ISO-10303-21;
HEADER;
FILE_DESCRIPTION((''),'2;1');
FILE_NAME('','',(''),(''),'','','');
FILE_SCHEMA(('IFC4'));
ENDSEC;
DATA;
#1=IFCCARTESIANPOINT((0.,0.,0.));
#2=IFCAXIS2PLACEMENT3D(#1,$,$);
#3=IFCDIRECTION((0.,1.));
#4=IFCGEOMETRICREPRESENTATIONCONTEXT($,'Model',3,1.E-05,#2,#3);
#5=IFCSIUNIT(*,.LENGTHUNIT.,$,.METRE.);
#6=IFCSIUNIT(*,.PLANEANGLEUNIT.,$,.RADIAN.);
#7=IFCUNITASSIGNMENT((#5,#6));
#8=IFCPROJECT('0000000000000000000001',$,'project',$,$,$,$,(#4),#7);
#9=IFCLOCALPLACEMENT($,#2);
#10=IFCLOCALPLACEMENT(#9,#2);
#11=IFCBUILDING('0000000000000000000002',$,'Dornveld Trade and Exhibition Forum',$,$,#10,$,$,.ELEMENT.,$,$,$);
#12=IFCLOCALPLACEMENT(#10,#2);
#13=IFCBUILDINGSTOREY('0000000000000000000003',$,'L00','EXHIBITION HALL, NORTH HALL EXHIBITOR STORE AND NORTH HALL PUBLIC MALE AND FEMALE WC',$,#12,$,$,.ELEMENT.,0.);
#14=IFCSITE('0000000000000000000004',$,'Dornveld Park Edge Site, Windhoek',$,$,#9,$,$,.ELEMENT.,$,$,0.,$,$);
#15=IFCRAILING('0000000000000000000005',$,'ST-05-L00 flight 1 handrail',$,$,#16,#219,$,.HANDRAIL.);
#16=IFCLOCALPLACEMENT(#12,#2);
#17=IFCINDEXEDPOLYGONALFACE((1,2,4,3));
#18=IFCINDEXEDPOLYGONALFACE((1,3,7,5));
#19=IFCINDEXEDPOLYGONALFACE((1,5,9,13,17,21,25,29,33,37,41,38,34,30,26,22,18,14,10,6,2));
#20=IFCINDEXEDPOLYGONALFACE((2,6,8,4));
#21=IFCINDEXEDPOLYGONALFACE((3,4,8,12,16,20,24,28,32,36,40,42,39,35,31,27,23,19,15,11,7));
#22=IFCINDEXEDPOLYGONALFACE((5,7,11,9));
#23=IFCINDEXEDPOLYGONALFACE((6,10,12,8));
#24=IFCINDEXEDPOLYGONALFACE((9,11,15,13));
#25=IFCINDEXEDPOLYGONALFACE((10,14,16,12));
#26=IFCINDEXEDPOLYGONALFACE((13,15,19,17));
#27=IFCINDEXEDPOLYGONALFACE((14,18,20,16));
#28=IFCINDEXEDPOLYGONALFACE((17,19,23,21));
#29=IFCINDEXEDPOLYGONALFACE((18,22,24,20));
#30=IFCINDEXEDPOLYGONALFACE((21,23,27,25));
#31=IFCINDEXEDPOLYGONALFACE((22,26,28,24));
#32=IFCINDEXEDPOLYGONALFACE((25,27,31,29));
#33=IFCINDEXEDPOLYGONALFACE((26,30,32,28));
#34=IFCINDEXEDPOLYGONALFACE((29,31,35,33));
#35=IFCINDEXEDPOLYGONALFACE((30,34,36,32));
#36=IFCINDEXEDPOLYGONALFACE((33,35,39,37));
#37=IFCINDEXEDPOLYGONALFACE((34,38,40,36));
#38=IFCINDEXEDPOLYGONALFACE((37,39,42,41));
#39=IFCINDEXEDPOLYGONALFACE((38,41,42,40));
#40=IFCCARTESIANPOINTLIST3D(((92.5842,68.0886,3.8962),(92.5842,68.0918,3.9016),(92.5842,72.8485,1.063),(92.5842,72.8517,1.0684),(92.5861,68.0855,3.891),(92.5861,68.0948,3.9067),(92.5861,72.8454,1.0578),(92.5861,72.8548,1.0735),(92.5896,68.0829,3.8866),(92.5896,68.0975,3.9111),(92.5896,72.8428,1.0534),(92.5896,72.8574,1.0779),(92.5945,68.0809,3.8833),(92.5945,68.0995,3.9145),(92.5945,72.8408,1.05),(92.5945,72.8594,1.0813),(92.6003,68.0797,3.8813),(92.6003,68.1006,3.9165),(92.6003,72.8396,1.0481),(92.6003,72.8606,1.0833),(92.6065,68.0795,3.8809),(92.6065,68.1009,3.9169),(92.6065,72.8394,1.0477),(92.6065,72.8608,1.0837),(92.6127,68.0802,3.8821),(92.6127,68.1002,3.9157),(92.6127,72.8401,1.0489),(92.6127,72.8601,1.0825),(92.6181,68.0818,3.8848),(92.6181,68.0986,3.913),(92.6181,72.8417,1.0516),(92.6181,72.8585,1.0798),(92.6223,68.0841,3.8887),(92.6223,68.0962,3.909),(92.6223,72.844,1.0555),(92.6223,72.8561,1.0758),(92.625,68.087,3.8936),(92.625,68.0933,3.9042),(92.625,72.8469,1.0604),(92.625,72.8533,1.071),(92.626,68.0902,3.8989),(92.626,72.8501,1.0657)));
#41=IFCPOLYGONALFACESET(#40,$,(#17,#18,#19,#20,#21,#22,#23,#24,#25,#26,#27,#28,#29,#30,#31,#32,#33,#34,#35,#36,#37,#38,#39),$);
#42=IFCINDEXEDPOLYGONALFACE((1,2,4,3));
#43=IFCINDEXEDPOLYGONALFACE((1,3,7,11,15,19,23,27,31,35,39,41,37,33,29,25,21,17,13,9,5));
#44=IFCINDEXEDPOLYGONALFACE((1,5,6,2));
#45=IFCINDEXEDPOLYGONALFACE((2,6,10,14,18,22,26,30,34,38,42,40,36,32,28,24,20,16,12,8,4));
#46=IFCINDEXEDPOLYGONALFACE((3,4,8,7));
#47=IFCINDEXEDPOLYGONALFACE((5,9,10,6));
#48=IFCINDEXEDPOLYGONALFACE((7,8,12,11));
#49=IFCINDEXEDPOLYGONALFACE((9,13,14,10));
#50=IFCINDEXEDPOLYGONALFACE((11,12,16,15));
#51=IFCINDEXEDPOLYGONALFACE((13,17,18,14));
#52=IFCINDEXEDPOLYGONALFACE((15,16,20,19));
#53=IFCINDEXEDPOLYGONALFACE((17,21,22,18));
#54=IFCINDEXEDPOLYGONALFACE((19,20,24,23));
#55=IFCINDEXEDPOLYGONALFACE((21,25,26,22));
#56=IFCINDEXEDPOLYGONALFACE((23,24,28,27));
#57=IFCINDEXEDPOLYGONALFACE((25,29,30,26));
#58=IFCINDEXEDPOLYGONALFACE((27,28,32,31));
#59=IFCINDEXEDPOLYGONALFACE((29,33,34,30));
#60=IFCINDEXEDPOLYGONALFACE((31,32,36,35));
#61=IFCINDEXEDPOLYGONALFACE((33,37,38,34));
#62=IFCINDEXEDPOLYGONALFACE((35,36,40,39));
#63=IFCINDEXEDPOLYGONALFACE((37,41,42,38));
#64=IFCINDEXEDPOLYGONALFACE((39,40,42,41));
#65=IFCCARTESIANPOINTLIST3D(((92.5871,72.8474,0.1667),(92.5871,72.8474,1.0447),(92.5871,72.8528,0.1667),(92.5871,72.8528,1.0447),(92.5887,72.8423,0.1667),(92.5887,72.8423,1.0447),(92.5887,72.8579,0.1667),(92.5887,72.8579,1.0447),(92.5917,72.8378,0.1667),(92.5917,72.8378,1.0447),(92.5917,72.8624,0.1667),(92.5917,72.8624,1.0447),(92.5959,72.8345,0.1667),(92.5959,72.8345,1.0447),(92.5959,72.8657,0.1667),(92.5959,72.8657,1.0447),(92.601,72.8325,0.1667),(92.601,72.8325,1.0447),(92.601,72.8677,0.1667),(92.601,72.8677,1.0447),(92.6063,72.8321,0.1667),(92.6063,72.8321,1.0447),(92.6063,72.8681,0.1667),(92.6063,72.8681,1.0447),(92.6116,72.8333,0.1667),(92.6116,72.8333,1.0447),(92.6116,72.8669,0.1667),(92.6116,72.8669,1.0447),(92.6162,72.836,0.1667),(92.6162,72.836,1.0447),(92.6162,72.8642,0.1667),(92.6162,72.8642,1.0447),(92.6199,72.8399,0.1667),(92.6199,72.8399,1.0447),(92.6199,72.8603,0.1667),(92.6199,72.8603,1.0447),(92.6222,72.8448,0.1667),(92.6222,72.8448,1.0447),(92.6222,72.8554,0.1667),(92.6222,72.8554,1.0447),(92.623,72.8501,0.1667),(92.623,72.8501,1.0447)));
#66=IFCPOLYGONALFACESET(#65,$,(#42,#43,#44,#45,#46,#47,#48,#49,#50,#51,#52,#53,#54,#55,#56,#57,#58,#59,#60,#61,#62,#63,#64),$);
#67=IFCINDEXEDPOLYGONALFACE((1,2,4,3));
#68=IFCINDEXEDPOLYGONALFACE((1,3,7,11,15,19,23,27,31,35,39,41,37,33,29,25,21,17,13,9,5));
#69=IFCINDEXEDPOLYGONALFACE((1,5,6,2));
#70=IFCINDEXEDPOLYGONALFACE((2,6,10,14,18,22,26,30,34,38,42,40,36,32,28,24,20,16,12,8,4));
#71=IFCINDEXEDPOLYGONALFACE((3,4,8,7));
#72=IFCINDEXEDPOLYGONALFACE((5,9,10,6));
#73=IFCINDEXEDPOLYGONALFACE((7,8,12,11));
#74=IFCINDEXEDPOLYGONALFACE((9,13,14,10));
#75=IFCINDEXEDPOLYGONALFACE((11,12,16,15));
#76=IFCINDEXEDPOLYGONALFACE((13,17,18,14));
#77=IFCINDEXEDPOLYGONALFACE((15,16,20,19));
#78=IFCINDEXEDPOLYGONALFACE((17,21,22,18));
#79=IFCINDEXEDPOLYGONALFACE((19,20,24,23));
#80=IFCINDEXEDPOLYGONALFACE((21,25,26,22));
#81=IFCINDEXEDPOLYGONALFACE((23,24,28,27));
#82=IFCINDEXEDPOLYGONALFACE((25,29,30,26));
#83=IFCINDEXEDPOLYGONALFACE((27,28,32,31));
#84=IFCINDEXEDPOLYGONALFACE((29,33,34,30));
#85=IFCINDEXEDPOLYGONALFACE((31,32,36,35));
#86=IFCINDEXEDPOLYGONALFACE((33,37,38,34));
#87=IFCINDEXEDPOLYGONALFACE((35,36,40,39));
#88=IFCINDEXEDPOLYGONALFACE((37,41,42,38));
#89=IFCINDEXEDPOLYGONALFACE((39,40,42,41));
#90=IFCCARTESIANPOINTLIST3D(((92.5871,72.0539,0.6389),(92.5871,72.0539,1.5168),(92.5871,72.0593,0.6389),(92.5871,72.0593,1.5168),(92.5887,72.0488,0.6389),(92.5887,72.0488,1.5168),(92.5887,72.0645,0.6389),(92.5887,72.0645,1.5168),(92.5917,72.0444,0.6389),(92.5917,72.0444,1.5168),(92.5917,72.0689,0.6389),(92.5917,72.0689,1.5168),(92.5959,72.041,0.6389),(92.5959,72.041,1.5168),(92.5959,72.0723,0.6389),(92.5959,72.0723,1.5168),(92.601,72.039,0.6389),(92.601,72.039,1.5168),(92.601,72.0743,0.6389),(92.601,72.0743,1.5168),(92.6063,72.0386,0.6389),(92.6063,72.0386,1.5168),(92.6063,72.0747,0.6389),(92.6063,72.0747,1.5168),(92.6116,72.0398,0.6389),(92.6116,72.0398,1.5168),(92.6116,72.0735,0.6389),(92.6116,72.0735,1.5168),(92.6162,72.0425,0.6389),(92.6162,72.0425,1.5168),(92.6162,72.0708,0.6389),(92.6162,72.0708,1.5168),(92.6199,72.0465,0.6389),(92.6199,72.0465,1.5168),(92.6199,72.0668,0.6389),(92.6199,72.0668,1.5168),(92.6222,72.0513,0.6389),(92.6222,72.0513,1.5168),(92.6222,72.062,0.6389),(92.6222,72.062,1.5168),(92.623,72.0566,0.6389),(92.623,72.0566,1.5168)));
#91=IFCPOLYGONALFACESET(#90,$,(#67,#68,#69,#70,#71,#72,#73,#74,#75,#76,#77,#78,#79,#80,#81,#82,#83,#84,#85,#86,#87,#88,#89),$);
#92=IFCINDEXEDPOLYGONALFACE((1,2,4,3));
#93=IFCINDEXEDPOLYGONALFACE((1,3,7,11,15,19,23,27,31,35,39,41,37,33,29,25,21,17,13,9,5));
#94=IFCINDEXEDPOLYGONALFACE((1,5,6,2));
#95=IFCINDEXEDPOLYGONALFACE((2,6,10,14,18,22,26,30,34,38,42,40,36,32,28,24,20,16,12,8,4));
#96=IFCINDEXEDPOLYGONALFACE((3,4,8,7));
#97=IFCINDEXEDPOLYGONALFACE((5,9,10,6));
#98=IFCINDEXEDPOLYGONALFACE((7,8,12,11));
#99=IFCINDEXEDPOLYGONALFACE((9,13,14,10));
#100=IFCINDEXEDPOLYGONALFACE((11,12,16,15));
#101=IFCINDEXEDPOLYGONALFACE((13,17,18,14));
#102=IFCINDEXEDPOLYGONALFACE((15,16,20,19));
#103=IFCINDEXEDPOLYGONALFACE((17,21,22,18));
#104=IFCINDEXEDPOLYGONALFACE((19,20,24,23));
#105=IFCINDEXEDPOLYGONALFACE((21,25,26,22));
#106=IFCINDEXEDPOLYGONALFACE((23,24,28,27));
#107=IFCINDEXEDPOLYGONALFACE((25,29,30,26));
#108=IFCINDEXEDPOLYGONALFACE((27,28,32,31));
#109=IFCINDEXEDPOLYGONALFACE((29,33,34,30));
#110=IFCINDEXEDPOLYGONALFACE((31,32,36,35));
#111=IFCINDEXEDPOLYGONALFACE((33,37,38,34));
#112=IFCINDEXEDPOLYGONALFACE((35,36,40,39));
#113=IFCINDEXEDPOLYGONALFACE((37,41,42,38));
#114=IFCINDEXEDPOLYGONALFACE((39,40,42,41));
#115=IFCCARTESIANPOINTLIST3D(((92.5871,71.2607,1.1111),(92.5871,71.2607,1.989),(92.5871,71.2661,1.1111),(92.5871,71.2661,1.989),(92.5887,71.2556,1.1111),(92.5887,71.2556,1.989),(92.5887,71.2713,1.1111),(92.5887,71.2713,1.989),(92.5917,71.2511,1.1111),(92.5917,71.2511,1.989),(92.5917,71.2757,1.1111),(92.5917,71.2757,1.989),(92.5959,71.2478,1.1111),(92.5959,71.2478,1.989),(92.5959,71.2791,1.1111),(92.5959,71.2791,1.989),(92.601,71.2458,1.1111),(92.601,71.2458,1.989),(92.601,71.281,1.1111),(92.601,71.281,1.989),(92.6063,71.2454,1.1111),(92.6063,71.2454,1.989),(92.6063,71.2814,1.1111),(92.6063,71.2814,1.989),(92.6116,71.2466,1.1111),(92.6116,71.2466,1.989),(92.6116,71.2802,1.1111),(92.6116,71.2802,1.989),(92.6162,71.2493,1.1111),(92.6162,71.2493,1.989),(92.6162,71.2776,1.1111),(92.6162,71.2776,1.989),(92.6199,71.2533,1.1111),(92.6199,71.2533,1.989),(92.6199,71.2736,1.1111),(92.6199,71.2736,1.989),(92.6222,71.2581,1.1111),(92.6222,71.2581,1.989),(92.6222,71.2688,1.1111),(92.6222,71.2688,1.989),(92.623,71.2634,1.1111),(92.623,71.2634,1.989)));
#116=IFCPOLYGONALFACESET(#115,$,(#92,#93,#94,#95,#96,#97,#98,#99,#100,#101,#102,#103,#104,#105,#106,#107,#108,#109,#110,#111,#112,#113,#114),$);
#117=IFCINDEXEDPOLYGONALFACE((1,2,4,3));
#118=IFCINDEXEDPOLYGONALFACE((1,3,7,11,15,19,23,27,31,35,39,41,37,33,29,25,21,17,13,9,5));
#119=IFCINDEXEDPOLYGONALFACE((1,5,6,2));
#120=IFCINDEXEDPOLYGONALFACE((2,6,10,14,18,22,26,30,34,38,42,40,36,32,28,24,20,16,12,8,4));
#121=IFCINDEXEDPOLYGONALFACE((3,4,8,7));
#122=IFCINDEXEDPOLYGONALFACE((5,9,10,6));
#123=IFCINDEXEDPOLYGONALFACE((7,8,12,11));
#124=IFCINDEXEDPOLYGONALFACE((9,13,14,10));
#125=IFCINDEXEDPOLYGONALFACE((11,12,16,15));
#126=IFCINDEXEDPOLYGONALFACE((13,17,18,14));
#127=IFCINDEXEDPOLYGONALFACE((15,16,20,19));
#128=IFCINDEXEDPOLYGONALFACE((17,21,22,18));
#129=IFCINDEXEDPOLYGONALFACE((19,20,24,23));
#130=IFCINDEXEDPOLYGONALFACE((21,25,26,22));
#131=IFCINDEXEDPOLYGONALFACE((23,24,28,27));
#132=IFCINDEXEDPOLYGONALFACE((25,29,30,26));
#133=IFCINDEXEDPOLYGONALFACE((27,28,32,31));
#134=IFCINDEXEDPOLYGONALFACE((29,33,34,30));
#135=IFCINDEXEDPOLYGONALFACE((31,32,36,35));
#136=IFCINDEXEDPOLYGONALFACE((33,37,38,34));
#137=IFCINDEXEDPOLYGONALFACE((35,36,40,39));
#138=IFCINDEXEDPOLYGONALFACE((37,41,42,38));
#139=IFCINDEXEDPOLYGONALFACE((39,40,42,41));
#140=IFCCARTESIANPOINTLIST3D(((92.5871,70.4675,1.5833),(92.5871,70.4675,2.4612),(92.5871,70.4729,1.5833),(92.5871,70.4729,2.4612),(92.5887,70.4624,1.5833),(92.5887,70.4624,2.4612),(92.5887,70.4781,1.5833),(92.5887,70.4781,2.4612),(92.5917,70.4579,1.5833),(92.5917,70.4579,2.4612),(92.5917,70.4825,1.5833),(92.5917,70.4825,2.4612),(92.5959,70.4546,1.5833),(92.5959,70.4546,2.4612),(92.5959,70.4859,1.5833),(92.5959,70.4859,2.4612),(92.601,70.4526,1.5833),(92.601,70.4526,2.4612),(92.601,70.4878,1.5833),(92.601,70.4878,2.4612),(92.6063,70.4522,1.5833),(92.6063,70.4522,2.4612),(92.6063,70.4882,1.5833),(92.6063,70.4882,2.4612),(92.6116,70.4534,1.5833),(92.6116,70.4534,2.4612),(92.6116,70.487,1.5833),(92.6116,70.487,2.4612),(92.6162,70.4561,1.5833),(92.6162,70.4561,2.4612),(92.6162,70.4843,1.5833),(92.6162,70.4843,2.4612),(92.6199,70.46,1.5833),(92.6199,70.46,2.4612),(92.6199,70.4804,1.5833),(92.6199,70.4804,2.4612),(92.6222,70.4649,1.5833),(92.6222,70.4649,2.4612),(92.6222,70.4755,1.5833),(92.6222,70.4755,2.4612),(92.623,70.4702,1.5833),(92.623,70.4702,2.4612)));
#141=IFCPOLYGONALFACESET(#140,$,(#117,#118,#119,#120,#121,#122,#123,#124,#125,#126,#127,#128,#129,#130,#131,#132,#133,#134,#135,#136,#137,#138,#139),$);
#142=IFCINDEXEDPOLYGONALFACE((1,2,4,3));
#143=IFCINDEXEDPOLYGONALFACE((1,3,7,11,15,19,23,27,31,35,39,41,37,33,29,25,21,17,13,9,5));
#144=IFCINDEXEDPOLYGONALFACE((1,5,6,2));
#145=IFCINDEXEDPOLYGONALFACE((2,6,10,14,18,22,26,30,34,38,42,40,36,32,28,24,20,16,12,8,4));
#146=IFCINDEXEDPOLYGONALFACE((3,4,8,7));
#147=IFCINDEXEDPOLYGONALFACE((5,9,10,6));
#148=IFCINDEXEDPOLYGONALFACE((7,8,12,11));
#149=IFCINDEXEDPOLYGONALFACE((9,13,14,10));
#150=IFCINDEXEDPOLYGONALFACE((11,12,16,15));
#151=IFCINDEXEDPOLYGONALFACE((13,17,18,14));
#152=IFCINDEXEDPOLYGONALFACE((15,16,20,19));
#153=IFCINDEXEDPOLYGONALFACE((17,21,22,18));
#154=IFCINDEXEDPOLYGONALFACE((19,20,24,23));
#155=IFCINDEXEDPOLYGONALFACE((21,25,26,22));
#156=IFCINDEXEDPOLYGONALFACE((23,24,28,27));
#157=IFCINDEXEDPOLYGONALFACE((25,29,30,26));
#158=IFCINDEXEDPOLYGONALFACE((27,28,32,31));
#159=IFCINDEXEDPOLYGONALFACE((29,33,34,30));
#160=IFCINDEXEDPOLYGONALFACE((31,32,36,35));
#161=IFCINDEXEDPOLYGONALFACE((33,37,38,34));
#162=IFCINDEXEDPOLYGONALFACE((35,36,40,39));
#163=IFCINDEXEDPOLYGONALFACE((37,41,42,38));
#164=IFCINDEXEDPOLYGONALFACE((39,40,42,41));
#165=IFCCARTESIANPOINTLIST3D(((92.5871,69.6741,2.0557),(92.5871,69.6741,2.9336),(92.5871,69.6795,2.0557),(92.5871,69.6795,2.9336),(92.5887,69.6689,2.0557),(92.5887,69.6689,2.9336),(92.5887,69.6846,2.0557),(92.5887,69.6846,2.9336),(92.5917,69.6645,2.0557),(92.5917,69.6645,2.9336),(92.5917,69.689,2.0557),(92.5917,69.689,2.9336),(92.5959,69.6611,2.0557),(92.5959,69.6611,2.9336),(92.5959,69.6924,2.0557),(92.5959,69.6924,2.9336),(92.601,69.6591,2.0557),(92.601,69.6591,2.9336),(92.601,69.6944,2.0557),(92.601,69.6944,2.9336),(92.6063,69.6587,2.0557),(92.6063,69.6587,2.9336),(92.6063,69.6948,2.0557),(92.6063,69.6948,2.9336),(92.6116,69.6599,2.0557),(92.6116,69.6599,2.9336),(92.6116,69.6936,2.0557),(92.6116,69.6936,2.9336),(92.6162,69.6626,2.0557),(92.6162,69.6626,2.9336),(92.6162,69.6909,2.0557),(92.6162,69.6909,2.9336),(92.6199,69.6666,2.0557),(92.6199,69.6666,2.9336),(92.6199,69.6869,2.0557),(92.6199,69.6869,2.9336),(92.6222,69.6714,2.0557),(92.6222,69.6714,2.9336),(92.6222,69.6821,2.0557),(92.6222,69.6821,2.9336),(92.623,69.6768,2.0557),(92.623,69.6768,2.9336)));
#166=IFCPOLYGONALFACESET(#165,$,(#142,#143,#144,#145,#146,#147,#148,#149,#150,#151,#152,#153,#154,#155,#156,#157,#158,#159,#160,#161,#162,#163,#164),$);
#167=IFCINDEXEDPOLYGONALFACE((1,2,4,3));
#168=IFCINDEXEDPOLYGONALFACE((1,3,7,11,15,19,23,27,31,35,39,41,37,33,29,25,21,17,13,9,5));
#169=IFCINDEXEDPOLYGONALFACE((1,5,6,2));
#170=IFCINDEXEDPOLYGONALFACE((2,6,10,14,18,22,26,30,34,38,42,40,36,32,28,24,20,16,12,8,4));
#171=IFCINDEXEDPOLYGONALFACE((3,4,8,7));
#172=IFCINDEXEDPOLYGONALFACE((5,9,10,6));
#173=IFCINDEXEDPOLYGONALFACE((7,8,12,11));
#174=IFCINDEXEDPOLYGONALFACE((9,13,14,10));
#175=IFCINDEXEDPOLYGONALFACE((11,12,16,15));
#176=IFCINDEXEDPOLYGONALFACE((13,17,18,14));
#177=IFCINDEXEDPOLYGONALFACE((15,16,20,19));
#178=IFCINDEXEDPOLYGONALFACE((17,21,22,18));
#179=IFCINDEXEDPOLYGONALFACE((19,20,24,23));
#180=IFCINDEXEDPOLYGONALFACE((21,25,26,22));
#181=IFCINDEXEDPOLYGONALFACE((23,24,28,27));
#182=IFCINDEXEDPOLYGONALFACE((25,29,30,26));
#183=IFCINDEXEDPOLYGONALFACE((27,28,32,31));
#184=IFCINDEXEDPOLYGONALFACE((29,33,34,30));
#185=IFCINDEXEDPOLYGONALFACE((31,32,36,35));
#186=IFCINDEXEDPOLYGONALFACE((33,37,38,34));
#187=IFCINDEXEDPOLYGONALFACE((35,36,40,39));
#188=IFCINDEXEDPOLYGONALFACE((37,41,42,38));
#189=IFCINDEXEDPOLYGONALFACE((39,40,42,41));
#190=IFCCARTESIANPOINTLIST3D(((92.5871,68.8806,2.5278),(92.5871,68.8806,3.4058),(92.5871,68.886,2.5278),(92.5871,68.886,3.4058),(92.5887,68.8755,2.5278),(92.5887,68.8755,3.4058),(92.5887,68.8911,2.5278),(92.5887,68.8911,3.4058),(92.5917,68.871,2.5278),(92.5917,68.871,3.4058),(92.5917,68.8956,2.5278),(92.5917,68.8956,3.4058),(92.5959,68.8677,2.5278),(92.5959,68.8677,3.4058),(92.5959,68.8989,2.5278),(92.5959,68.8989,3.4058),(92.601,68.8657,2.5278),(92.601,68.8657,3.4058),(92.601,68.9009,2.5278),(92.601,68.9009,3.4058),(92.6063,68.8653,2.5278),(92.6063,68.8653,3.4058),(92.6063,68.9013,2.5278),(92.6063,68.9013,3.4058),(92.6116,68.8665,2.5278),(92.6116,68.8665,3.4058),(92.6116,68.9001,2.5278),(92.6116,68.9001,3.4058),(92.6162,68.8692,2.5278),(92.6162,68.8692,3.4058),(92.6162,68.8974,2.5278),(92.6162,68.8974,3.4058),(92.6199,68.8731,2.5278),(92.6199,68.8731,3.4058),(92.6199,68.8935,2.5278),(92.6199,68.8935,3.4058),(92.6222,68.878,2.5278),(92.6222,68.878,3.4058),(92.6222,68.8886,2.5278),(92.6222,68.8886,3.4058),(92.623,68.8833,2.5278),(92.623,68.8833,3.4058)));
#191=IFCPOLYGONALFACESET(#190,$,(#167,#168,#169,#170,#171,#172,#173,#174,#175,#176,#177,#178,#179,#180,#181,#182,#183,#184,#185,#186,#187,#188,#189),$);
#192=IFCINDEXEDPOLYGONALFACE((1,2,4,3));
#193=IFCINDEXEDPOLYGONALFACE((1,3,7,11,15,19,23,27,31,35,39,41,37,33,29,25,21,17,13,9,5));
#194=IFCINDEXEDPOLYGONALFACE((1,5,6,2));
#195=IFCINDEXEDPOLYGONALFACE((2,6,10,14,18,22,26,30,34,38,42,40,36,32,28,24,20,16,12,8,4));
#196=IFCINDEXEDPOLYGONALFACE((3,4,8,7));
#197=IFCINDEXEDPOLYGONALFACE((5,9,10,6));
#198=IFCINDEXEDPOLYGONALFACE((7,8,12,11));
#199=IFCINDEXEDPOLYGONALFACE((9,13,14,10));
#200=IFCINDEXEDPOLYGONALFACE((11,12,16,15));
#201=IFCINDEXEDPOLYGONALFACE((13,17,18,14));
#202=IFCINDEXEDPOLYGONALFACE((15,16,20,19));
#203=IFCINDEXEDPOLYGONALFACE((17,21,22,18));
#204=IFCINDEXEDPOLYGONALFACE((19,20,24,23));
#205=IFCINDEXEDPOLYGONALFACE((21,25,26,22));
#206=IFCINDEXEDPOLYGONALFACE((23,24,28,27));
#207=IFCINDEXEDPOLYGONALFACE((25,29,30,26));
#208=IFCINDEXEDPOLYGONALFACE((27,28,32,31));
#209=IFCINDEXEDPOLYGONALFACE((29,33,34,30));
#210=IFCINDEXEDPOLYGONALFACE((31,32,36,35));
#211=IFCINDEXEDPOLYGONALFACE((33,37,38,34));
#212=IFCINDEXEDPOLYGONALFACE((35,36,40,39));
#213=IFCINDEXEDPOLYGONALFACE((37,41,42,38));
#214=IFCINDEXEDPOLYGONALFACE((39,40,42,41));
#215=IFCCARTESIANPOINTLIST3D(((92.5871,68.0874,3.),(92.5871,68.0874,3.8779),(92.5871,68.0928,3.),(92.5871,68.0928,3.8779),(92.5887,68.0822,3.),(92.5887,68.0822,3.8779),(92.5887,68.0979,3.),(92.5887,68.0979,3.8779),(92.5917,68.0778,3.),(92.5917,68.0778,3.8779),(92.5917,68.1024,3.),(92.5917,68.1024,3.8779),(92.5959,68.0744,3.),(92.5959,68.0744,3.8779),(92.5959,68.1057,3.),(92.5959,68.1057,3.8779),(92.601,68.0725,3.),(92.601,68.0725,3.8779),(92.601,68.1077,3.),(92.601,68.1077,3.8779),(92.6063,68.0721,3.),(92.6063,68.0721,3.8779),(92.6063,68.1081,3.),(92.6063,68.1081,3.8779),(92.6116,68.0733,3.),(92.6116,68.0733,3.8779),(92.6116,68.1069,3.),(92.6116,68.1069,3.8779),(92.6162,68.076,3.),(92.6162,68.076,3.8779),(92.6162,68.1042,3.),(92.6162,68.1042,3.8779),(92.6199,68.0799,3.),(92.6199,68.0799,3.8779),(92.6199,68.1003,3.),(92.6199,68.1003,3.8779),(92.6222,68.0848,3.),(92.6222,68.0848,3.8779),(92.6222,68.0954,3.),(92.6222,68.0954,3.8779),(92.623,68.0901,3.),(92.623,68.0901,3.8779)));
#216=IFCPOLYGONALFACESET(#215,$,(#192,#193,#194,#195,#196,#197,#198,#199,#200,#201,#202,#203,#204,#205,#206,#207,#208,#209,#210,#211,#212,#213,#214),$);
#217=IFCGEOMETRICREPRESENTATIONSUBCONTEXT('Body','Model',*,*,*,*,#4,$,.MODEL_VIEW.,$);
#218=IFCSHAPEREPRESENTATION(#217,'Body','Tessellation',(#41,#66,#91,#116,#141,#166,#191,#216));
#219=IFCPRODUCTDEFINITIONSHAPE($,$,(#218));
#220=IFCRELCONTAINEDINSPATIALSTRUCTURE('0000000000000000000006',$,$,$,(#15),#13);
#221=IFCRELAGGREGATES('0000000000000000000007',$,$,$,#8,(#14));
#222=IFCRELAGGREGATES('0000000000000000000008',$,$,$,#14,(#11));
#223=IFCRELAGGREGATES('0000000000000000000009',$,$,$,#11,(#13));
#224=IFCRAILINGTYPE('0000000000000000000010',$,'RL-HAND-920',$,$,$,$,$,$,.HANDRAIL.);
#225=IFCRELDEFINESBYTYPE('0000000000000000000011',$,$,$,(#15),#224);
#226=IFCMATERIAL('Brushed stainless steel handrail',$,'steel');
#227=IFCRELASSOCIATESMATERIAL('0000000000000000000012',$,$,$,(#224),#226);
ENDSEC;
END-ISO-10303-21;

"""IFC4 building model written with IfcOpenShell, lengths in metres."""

from ifc_helpers import new_model, si_unit, direction, frame, origin, origin_2d, place, context, subcontext, project, spatial, circle, extrude, material, type_object, element, save


model = new_model("IFC4")

# Units and contexts
model_context = context("Model", 3, precision=1e-05, world=origin(), true_north=direction((0.0, 1.0)))
body_context = subcontext(model_context, "Body", "Model", "MODEL_VIEW")
ifc_project = project(units=[si_unit("LENGTHUNIT", "METRE"), si_unit("PLANEANGLEUNIT", "RADIAN")], contexts=[model_context])

# Site, building, storey
site_placement = place(None, origin())
site = spatial("IfcSite", under=ifc_project, at=site_placement, Name="Dornveld Park Edge Site, Windhoek", CompositionType="ELEMENT", RefElevation=0.0)
building_placement = place(site_placement, origin())
building = spatial("IfcBuilding", under=site, at=building_placement, Name="Dornveld Trade and Exhibition Forum", CompositionType="ELEMENT")
storey_placement = place(building_placement, origin())
storey = spatial("IfcBuildingStorey", under=building, at=storey_placement, Name="L00", Description="EXHIBITION HALL, NORTH HALL EXHIBITOR STORE AND NORTH HALL PUBLIC MALE AND FEMALE WC", CompositionType="ELEMENT", Elevation=0.0)

# Railing
ifc_material_1 = material(Name="Brushed stainless steel handrail", Category="steel")
railing_type_1 = type_object("IfcRailingType", Name="RL-HAND-920", PredefinedType="HANDRAIL", material=ifc_material_1)
railing_1_placement = place(storey_placement, frame((92.605, 72.8501, 0.1667)))
element("IfcRailing", 1, at=railing_1_placement, inside=storey, type_object=railing_type_1, Name="ST-05-L00 flight 1 handrail", PredefinedType="HANDRAIL", context=body_context, shape_type="SweptSolid", body=[
    extrude(circle(Radius=0.021, at=origin_2d()), frame((0.0, 0.0, 0.8989), z_axis=(0.0, -0.8593, 0.511472), x_axis=(1.0, 0.0, 0.0)), (0.0, 0.0, 1.0), 5.5393),
    extrude(circle(Radius=0.0181, at=origin_2d()), origin(), (0.0, 0.0, 1.0), 0.8779),
    extrude(circle(Radius=0.0181, at=origin_2d()), frame((0.0, -0.7935, 0.4722)), (0.0, 0.0, 1.0), 0.8779),
    extrude(circle(Radius=0.0181, at=origin_2d()), frame((0.0, -1.5867, 0.9443)), (0.0, 0.0, 1.0), 0.8779),
    extrude(circle(Radius=0.0181, at=origin_2d()), frame((0.0, -2.3799, 1.4165)), (0.0, 0.0, 1.0), 0.8779),
    extrude(circle(Radius=0.0181, at=origin_2d()), frame((0.0, -3.1733, 1.8889)), (0.0, 0.0, 1.0), 0.8779),
    extrude(circle(Radius=0.0181, at=origin_2d()), frame((0.0, -3.9668, 2.3611)), (0.0, 0.0, 1.0), 0.8779),
    extrude(circle(Radius=0.0181, at=origin_2d()), frame((0.0, -4.76, 2.8333)), (0.0, 0.0, 1.0), 0.8779),
])

save(model, "model.ifc")
